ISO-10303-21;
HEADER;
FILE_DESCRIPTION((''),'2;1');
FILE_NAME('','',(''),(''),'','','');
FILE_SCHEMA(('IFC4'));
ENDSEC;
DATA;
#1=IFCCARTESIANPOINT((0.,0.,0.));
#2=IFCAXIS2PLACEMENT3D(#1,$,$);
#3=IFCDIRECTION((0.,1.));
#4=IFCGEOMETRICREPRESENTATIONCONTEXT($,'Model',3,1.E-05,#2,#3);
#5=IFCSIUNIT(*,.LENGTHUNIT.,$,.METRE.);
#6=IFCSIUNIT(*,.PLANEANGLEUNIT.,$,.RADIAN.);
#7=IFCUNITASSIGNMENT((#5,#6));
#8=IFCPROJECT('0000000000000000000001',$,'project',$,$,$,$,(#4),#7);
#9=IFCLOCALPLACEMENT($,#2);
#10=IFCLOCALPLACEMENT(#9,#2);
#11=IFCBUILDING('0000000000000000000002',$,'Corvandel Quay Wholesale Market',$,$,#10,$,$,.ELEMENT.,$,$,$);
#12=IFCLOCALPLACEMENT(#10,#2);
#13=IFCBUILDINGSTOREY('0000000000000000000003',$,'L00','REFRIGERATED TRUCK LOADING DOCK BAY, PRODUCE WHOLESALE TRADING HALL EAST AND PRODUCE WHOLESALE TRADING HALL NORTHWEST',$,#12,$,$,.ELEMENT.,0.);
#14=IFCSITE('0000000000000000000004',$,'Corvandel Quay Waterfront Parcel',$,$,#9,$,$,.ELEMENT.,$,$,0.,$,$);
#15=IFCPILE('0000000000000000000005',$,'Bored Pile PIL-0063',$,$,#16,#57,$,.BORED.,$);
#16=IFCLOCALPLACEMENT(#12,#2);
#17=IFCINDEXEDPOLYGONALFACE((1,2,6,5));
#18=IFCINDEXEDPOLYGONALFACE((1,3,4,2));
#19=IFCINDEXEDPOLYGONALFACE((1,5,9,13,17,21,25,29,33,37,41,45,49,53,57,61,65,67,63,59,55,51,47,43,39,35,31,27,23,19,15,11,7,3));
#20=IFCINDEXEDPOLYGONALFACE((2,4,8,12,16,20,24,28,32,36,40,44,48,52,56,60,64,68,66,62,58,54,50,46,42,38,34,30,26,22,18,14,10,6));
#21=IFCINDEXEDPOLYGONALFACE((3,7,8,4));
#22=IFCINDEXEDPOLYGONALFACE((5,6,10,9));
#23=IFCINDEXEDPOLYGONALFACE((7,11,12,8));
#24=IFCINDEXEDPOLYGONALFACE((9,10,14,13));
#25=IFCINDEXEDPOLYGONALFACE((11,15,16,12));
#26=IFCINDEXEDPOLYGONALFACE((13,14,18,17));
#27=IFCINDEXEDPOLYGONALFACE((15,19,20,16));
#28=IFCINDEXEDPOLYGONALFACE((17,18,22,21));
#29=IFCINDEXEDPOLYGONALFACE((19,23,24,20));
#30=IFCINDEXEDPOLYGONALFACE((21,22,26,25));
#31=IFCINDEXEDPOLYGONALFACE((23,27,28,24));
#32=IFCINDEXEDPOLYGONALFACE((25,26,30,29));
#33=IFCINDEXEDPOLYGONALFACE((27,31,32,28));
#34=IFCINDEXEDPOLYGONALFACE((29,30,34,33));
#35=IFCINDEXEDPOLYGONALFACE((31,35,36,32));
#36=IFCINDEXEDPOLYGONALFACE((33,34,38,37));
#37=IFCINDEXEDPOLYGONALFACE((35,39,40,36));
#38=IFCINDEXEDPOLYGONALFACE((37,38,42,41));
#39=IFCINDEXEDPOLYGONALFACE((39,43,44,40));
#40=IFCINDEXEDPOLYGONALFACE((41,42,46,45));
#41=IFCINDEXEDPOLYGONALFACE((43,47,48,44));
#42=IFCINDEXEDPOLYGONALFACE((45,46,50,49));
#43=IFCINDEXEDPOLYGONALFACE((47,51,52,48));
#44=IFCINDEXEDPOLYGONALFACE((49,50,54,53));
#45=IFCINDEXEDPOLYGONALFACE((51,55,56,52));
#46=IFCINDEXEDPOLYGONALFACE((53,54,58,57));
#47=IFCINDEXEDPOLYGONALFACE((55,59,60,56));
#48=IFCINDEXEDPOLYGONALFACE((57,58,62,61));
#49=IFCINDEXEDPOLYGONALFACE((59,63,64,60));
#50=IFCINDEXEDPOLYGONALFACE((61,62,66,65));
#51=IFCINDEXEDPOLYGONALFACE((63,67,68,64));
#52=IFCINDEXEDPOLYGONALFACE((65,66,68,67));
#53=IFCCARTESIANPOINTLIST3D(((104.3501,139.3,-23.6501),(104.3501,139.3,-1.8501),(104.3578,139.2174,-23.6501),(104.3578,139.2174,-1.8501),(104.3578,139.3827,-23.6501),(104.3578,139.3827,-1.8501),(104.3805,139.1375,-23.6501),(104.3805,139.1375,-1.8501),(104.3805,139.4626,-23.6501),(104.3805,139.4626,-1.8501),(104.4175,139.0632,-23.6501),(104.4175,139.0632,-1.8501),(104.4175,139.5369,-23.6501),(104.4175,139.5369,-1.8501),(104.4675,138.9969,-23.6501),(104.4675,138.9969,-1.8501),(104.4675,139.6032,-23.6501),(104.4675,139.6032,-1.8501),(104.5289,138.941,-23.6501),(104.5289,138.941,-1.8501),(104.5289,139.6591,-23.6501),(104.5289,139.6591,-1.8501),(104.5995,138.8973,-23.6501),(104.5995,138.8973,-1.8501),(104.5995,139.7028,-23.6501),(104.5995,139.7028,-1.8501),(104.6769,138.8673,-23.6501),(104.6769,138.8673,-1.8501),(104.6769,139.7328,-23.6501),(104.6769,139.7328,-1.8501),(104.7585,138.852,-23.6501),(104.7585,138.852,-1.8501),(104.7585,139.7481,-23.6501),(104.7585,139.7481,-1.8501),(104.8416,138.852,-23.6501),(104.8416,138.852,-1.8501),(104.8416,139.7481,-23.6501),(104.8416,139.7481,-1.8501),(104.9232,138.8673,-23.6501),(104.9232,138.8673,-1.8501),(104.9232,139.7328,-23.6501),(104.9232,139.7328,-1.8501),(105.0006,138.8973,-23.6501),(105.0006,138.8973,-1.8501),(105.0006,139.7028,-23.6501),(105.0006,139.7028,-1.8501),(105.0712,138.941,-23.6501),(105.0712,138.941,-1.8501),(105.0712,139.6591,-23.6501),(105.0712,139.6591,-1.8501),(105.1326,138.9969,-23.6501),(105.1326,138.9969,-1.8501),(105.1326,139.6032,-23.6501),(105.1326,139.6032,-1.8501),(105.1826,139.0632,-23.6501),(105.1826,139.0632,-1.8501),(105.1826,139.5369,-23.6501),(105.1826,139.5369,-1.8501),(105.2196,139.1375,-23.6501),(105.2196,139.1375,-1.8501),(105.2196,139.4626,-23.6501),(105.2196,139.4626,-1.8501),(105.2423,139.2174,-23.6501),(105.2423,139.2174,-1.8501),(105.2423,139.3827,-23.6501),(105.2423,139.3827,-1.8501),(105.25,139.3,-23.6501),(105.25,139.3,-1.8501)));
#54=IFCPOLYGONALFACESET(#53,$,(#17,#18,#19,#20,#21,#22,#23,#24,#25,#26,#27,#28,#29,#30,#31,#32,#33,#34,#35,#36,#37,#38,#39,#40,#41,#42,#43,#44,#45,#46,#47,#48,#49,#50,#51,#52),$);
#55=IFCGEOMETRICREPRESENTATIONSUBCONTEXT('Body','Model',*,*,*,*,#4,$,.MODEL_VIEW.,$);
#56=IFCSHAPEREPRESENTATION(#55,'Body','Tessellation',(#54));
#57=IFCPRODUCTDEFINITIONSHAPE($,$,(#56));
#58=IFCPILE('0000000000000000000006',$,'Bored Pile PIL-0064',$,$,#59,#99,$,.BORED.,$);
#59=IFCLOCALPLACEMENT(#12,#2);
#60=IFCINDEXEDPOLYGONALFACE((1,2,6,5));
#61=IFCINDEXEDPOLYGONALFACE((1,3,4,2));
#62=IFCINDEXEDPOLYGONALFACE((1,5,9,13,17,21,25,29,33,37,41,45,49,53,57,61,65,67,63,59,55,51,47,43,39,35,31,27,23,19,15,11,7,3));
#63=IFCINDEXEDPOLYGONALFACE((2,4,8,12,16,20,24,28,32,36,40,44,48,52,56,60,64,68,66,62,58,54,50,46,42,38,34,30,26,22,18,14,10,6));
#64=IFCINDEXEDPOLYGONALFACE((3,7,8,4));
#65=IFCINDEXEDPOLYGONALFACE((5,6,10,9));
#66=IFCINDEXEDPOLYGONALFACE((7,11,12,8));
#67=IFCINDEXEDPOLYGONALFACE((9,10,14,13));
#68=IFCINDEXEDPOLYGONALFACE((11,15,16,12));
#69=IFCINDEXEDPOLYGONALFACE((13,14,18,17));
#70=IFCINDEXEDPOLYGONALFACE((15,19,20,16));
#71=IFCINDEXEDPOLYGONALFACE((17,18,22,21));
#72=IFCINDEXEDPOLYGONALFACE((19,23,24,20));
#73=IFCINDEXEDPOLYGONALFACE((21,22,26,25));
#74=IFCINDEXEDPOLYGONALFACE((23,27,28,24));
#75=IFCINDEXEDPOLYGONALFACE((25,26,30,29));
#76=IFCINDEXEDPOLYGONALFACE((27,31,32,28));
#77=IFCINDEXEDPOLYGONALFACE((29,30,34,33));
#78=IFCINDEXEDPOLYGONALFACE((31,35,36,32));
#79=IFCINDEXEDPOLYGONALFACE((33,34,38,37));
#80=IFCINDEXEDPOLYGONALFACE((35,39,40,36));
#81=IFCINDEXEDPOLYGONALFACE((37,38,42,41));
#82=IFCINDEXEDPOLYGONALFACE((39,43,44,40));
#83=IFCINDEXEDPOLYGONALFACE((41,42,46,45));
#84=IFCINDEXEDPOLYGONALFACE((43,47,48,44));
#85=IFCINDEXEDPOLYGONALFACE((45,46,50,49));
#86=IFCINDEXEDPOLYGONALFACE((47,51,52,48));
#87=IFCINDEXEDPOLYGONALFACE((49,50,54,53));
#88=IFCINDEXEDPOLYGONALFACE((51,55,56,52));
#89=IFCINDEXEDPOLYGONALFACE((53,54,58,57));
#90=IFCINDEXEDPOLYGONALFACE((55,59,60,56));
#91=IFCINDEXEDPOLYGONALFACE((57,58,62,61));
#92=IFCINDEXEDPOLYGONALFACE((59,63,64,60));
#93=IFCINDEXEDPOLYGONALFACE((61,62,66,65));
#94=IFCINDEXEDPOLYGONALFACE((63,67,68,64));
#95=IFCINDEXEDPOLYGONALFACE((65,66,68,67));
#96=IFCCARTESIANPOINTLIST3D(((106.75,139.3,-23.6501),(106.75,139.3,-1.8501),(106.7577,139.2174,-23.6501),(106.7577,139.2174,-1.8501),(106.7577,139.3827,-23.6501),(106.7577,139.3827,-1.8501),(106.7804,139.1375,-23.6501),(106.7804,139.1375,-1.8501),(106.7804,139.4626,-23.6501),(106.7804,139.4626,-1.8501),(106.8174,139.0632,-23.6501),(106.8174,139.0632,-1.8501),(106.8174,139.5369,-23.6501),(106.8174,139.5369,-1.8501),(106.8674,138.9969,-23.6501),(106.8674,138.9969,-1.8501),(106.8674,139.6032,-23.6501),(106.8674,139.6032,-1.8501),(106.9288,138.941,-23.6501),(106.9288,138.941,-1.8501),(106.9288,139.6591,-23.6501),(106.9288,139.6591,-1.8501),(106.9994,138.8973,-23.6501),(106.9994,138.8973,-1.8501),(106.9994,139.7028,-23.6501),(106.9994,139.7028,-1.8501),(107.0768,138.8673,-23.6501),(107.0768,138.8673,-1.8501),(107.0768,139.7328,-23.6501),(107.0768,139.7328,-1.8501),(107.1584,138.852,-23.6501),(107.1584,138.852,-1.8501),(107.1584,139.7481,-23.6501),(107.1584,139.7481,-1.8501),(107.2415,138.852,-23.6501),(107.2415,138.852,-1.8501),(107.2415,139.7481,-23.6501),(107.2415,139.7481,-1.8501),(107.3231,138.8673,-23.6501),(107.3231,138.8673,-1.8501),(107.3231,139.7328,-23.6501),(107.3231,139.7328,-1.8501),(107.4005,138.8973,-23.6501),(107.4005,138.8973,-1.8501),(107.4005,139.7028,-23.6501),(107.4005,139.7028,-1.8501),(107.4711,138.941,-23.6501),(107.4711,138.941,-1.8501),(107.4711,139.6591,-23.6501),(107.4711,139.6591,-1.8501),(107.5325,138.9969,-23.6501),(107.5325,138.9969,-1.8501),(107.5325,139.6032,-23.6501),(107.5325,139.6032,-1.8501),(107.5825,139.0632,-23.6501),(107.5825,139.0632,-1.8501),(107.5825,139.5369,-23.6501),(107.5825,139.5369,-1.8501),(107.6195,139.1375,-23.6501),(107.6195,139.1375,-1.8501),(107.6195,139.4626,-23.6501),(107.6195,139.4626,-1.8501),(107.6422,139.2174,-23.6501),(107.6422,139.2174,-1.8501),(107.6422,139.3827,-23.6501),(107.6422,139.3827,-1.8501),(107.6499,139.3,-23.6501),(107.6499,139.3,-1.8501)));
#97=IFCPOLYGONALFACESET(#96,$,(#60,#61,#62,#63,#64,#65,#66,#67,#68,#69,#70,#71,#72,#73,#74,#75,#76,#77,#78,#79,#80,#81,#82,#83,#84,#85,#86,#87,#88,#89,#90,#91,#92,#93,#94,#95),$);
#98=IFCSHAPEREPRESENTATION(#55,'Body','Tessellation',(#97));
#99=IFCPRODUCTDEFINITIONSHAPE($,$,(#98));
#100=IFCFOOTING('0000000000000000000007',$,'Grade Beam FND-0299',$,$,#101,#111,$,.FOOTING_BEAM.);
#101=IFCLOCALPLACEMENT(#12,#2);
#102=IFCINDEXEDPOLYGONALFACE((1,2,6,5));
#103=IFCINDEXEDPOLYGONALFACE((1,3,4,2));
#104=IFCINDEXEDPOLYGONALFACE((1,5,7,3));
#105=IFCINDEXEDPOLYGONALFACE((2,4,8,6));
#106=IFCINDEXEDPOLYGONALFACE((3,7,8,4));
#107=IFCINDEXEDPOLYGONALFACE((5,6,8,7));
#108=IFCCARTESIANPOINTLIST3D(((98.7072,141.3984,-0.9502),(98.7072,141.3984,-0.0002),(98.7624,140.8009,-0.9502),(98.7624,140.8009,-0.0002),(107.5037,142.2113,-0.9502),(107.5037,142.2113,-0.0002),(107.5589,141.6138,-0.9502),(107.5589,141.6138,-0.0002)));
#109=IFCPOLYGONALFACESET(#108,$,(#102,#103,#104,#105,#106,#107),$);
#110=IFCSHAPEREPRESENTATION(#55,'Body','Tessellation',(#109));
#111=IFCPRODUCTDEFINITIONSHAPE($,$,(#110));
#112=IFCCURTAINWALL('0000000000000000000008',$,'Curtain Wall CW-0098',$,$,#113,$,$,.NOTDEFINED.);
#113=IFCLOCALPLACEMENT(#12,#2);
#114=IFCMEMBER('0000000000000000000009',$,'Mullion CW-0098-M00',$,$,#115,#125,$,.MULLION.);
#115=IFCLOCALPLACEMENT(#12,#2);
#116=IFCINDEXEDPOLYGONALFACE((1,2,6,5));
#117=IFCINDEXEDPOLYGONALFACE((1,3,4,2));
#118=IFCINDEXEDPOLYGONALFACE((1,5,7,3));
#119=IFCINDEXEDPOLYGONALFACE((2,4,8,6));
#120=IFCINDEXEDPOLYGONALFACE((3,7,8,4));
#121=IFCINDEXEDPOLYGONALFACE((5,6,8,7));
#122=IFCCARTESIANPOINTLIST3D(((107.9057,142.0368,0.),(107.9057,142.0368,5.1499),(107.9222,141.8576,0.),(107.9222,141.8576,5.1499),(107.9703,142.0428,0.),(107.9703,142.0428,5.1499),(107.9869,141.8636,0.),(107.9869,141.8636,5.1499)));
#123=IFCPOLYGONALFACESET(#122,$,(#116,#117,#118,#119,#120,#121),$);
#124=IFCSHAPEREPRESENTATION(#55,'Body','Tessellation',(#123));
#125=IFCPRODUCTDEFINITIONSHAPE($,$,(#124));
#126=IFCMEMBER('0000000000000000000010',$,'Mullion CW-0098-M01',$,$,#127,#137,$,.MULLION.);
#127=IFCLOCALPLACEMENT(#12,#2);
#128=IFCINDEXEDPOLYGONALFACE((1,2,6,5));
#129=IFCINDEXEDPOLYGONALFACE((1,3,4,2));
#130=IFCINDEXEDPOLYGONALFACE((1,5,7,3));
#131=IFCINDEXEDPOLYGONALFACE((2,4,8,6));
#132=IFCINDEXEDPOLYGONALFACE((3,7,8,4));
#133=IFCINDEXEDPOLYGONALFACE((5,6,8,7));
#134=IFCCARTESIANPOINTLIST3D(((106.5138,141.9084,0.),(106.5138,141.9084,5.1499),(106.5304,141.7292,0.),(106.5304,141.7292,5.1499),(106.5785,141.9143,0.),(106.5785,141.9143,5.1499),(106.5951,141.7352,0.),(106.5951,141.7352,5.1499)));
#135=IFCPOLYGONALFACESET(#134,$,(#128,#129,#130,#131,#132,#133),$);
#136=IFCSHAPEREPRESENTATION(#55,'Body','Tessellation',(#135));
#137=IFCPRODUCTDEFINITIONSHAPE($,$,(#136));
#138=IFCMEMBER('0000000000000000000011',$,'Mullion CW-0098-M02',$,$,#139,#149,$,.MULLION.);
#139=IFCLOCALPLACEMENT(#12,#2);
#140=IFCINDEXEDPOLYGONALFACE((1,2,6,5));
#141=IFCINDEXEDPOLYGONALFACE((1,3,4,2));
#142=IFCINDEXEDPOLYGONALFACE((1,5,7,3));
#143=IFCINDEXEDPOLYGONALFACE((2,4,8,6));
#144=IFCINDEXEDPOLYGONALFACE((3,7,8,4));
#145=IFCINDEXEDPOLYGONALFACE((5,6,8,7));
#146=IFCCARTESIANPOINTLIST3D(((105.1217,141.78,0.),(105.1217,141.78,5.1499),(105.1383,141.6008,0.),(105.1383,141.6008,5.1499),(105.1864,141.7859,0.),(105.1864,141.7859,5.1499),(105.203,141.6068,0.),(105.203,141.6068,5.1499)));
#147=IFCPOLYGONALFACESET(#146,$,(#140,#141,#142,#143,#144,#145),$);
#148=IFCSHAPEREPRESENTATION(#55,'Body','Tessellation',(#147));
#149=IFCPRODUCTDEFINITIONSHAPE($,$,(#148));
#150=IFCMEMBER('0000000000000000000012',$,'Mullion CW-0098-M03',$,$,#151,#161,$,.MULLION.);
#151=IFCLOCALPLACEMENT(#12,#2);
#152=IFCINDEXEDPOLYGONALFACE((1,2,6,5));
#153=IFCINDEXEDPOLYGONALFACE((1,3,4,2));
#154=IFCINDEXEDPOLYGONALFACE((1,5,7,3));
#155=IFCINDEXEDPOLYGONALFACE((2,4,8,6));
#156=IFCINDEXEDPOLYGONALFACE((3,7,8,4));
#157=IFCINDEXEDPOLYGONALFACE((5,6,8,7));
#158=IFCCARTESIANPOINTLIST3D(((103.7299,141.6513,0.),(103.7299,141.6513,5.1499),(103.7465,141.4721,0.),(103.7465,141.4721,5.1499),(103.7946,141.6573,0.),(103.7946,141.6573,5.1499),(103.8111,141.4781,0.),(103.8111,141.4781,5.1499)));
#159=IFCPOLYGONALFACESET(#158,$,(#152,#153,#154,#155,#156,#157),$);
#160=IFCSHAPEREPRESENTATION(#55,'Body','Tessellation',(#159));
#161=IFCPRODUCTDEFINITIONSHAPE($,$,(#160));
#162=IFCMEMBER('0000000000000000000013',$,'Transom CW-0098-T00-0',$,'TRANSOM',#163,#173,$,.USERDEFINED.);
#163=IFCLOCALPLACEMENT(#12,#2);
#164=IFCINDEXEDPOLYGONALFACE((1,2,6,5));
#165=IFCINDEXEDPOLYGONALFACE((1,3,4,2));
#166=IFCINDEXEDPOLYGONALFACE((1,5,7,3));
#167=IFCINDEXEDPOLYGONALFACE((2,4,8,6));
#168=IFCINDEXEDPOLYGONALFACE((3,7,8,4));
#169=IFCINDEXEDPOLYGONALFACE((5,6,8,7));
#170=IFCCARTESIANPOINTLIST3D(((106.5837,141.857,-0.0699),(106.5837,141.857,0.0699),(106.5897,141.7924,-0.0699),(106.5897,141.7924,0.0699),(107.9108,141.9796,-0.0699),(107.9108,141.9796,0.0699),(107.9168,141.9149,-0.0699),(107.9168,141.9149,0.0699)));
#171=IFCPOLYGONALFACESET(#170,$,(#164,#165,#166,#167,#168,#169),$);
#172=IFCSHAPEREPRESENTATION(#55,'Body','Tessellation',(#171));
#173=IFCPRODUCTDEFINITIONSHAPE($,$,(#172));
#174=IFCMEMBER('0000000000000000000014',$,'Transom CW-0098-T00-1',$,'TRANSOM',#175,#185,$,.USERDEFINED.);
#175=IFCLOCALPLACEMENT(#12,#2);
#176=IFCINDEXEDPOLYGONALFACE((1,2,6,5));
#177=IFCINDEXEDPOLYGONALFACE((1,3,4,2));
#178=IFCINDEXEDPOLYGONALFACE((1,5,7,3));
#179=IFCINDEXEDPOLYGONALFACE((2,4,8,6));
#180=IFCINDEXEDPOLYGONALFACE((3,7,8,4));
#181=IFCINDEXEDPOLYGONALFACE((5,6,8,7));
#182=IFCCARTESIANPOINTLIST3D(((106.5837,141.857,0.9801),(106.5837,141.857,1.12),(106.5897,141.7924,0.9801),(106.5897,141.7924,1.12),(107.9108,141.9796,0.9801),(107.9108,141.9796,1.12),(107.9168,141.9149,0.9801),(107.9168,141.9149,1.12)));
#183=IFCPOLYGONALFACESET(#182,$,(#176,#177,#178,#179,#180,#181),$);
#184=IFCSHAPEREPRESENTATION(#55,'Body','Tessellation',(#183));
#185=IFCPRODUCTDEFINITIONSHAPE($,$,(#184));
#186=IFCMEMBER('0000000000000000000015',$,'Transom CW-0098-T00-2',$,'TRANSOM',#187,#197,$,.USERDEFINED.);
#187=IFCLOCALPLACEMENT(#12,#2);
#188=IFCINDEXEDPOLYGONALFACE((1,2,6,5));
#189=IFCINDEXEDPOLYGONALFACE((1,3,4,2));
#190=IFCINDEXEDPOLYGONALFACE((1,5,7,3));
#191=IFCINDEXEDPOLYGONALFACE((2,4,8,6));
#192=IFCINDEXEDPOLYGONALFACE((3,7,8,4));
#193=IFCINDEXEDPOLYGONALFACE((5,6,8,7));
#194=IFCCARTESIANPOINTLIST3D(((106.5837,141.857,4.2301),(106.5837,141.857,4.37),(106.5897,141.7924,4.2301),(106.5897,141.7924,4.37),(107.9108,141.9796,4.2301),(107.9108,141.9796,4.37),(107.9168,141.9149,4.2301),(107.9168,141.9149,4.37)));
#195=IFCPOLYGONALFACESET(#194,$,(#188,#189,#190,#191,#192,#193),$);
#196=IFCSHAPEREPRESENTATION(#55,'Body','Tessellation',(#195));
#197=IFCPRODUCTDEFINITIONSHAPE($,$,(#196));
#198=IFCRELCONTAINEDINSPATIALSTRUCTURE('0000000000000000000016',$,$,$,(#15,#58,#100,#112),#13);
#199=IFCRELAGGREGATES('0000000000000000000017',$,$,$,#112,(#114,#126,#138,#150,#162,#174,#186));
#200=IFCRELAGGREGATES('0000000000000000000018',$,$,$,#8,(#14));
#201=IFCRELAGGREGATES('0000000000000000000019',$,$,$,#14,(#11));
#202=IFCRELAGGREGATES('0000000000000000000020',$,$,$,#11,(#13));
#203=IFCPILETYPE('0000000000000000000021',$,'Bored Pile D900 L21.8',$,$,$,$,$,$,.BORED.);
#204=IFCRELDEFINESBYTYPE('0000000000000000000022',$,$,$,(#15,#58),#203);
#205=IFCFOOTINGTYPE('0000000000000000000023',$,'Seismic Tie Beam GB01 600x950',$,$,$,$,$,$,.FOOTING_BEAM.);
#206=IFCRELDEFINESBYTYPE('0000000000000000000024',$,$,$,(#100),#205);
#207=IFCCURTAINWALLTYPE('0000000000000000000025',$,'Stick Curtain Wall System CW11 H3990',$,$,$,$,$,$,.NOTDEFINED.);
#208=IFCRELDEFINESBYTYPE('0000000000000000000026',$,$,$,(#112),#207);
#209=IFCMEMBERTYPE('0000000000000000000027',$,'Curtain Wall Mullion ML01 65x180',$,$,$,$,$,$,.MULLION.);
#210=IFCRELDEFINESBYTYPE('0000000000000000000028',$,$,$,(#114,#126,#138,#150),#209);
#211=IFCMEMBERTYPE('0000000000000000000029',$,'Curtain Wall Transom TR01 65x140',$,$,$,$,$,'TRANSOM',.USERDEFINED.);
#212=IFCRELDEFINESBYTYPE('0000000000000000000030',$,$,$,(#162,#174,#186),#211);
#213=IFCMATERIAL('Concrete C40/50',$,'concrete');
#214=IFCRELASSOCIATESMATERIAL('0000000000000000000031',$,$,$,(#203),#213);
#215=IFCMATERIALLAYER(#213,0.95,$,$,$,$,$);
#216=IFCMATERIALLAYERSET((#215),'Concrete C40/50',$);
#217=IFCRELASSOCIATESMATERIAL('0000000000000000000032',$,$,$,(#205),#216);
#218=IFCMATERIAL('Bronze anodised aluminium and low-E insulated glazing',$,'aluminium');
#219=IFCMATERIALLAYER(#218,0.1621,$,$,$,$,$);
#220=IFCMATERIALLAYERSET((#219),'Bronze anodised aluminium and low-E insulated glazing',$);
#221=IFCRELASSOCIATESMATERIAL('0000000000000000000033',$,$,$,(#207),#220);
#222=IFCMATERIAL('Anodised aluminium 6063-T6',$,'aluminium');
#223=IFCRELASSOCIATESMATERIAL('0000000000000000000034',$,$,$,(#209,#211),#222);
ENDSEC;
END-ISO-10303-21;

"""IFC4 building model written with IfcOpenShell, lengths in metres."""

from ifc_helpers import new_model, si_unit, direction, frame, origin, origin_2d, place, context, subcontext, project, spatial, rectangle, circle, extrude, material, layer, layer_set, material_profile, profile_set, type_object, element, aggregate, save


model = new_model("IFC4")

# Units and contexts
model_context = context("Model", 3, precision=1e-05, world=origin(), true_north=direction((0.0, 1.0)))
body_context = subcontext(model_context, "Body", "Model", "MODEL_VIEW")
ifc_project = project(units=[si_unit("LENGTHUNIT", "METRE"), si_unit("PLANEANGLEUNIT", "RADIAN")], contexts=[model_context])

# Site, building, storey
site_placement = place(None, origin())
site = spatial("IfcSite", under=ifc_project, at=site_placement, Name="Corvandel Quay Waterfront Parcel", CompositionType="ELEMENT", RefElevation=0.0)
building_placement = place(site_placement, origin())
building = spatial("IfcBuilding", under=site, at=building_placement, Name="Corvandel Quay Wholesale Market", CompositionType="ELEMENT")
storey_placement = place(building_placement, origin())
storey = spatial("IfcBuildingStorey", under=building, at=storey_placement, Name="L00", Description="REFRIGERATED TRUCK LOADING DOCK BAY, PRODUCE WHOLESALE TRADING HALL EAST AND PRODUCE WHOLESALE TRADING HALL NORTHWEST", CompositionType="ELEMENT", Elevation=0.0)

# Piles
ifc_material_1 = material(Name="Concrete C40/50", Category="concrete")
ifc_material_profile_1 = material_profile(ifc_material_1, circle(Radius=0.45, at=origin_2d()), Name="RC-PILE-D900")
ifc_profile_set_1 = profile_set([ifc_material_profile_1], Name="Concrete C40/50")
pile_type = type_object("IfcPileType", Name="Bored Pile D900 L21.8", PredefinedType="BORED", material=ifc_profile_set_1)
for number, where, z_axis, x_axis, name in (
    (1, (104.8, 139.3, -1.8501), (0.0, 0.0, -1.0), (1.0, 0.0, 0.0), "Bored Pile PIL-0063"),
    (2, (107.2, 139.3, -1.8501), (0.0, 0.0, -1.0), (1.0, 0.0, 0.0), "Bored Pile PIL-0064"),
):
    element("IfcPile", number, at=place(storey_placement, frame(where, z_axis=z_axis, x_axis=x_axis)), inside=storey, type_object=pile_type, Name=name, PredefinedType="BORED", context=body_context, shape_type="SweptSolid", body=[
        extrude(circle(Radius=0.45, at=origin_2d()), origin(), (0.0, 0.0, 1.0), 21.8),
    ])

# Footing
ifc_layer_1 = layer(ifc_material_1, 0.95)
ifc_layer_set_1 = layer_set([ifc_layer_1], Name="Concrete C40/50")
footing_type = type_object("IfcFootingType", Name="Seismic Tie Beam GB01 600x950", PredefinedType="FOOTING_BEAM", material=ifc_layer_set_1)
footing_placement = place(storey_placement, frame((103.1331, 141.5061, -0.9502), z_axis=(0.0, 0.0, 1.0), x_axis=(0.995757, 0.092023, 0.0)))
element("IfcFooting", 3, at=footing_placement, inside=storey, type_object=footing_type, Name="Grade Beam FND-0299", PredefinedType="FOOTING_BEAM", context=body_context, shape_type="SweptSolid", body=[
    extrude(rectangle(XDim=8.834, YDim=0.6001, at=origin_2d()), origin(), (0.0, 0.0, 1.0), 0.95),
])

# Curtain wall, members
ifc_material_2 = material(Name="Bronze anodised aluminium and low-E insulated glazing", Category="aluminium")
ifc_layer_2 = layer(ifc_material_2, 0.1621)
ifc_layer_set_2 = layer_set([ifc_layer_2], Name="Bronze anodised aluminium and low-E insulated glazing")
curtain_wall_type = type_object("IfcCurtainWallType", Name="Stick Curtain Wall System CW11 H3990", PredefinedType="NOTDEFINED", material=ifc_layer_set_2)
curtain_wall_placement = place(storey_placement, origin())
curtain_wall = element("IfcCurtainWall", 4, at=curtain_wall_placement, inside=storey, type_object=curtain_wall_type, Name="Curtain Wall CW-0098", PredefinedType="NOTDEFINED")
ifc_material_3 = material(Name="Anodised aluminium 6063-T6", Category="aluminium")
ifc_material_profile_2 = material_profile(ifc_material_3, rectangle(XDim=0.0649, YDim=0.1799, at=origin_2d()), Name="ALU-MUL-65x180")
ifc_profile_set_2 = profile_set([ifc_material_profile_2], Name="Anodised aluminium 6063-T6")
member_type_1 = type_object("IfcMemberType", Name="Curtain Wall Mullion ML01 65x180", PredefinedType="MULLION", material=ifc_profile_set_2)
member_1_placement = place(storey_placement, frame((107.9463, 141.9502, 0.0), z_axis=(0.0, 0.0, 1.0), x_axis=(0.995757, 0.092023, 0.0)))
member_1 = element("IfcMember", 5, at=member_1_placement, type_object=member_type_1, Name="Mullion CW-0098-M00", PredefinedType="MULLION", context=body_context, shape_type="SweptSolid", body=[
    extrude(rectangle(XDim=0.0649, YDim=0.1799, at=origin_2d()), origin(), (0.0, 0.0, 1.0), 5.1499),
])
member_2_placement = place(storey_placement, frame((106.5544, 141.8218, 0.0), z_axis=(0.0, 0.0, 1.0), x_axis=(0.995757, 0.092023, 0.0)))
member_2 = element("IfcMember", 6, at=member_2_placement, type_object=member_type_1, Name="Mullion CW-0098-M01", PredefinedType="MULLION", context=body_context, shape_type="SweptSolid", body=[
    extrude(rectangle(XDim=0.0649, YDim=0.1799, at=origin_2d()), origin(), (0.0, 0.0, 1.0), 5.1499),
])
member_3_placement = place(storey_placement, frame((105.1624, 141.6934, 0.0), z_axis=(0.0, 0.0, 1.0), x_axis=(0.995757, 0.092023, 0.0)))
member_3 = element("IfcMember", 7, at=member_3_placement, type_object=member_type_1, Name="Mullion CW-0098-M02", PredefinedType="MULLION", context=body_context, shape_type="SweptSolid", body=[
    extrude(rectangle(XDim=0.0649, YDim=0.1799, at=origin_2d()), origin(), (0.0, 0.0, 1.0), 5.1499),
])
member_4_placement = place(storey_placement, frame((103.7705, 141.5647, 0.0), z_axis=(0.0, 0.0, 1.0), x_axis=(0.995757, 0.092023, 0.0)))
member_4 = element("IfcMember", 8, at=member_4_placement, type_object=member_type_1, Name="Mullion CW-0098-M03", PredefinedType="MULLION", context=body_context, shape_type="SweptSolid", body=[
    extrude(rectangle(XDim=0.0649, YDim=0.1799, at=origin_2d()), origin(), (0.0, 0.0, 1.0), 5.1499),
])
ifc_material_profile_3 = material_profile(ifc_material_3, rectangle(XDim=0.0649, YDim=0.1399, at=origin_2d()), Name="ALU-TRN-65x140")
ifc_profile_set_3 = profile_set([ifc_material_profile_3], Name="Anodised aluminium 6063-T6")
member_type_2 = type_object("IfcMemberType", Name="Curtain Wall Transom TR01 65x140", ElementType="TRANSOM", PredefinedType="USERDEFINED", material=ifc_profile_set_3)
member_5_placement = place(storey_placement, frame((107.9138, 141.9473, 0.0), z_axis=(-0.995763, -0.091956, 0.0), x_axis=(0.091956, -0.995763, 0.0)))
member_5 = element("IfcMember", 9, at=member_5_placement, type_object=member_type_2, Name="Transom CW-0098-T00-0", ObjectType="TRANSOM", PredefinedType="USERDEFINED", context=body_context, shape_type="SweptSolid", body=[
    extrude(rectangle(XDim=0.0649, YDim=0.1399, at=origin_2d()), origin(), (0.0, 0.0, 1.0), 1.3328),
])
member_6_placement = place(storey_placement, frame((107.9138, 141.9473, 1.05), z_axis=(-0.995763, -0.091956, 0.0), x_axis=(0.091956, -0.995763, 0.0)))
member_6 = element("IfcMember", 10, at=member_6_placement, type_object=member_type_2, Name="Transom CW-0098-T00-1", ObjectType="TRANSOM", PredefinedType="USERDEFINED", context=body_context, shape_type="SweptSolid", body=[
    extrude(rectangle(XDim=0.0649, YDim=0.1399, at=origin_2d()), origin(), (0.0, 0.0, 1.0), 1.3328),
])
member_7_placement = place(storey_placement, frame((107.9138, 141.9473, 4.3), z_axis=(-0.995763, -0.091956, 0.0), x_axis=(0.091956, -0.995763, 0.0)))
member_7 = element("IfcMember", 11, at=member_7_placement, type_object=member_type_2, Name="Transom CW-0098-T00-2", ObjectType="TRANSOM", PredefinedType="USERDEFINED", context=body_context, shape_type="SweptSolid", body=[
    extrude(rectangle(XDim=0.0649, YDim=0.1399, at=origin_2d()), origin(), (0.0, 0.0, 1.0), 1.3328),
])
aggregate(curtain_wall, [member_1, member_2, member_3, member_4, member_5, member_6, member_7])

save(model, "model.ifc")
